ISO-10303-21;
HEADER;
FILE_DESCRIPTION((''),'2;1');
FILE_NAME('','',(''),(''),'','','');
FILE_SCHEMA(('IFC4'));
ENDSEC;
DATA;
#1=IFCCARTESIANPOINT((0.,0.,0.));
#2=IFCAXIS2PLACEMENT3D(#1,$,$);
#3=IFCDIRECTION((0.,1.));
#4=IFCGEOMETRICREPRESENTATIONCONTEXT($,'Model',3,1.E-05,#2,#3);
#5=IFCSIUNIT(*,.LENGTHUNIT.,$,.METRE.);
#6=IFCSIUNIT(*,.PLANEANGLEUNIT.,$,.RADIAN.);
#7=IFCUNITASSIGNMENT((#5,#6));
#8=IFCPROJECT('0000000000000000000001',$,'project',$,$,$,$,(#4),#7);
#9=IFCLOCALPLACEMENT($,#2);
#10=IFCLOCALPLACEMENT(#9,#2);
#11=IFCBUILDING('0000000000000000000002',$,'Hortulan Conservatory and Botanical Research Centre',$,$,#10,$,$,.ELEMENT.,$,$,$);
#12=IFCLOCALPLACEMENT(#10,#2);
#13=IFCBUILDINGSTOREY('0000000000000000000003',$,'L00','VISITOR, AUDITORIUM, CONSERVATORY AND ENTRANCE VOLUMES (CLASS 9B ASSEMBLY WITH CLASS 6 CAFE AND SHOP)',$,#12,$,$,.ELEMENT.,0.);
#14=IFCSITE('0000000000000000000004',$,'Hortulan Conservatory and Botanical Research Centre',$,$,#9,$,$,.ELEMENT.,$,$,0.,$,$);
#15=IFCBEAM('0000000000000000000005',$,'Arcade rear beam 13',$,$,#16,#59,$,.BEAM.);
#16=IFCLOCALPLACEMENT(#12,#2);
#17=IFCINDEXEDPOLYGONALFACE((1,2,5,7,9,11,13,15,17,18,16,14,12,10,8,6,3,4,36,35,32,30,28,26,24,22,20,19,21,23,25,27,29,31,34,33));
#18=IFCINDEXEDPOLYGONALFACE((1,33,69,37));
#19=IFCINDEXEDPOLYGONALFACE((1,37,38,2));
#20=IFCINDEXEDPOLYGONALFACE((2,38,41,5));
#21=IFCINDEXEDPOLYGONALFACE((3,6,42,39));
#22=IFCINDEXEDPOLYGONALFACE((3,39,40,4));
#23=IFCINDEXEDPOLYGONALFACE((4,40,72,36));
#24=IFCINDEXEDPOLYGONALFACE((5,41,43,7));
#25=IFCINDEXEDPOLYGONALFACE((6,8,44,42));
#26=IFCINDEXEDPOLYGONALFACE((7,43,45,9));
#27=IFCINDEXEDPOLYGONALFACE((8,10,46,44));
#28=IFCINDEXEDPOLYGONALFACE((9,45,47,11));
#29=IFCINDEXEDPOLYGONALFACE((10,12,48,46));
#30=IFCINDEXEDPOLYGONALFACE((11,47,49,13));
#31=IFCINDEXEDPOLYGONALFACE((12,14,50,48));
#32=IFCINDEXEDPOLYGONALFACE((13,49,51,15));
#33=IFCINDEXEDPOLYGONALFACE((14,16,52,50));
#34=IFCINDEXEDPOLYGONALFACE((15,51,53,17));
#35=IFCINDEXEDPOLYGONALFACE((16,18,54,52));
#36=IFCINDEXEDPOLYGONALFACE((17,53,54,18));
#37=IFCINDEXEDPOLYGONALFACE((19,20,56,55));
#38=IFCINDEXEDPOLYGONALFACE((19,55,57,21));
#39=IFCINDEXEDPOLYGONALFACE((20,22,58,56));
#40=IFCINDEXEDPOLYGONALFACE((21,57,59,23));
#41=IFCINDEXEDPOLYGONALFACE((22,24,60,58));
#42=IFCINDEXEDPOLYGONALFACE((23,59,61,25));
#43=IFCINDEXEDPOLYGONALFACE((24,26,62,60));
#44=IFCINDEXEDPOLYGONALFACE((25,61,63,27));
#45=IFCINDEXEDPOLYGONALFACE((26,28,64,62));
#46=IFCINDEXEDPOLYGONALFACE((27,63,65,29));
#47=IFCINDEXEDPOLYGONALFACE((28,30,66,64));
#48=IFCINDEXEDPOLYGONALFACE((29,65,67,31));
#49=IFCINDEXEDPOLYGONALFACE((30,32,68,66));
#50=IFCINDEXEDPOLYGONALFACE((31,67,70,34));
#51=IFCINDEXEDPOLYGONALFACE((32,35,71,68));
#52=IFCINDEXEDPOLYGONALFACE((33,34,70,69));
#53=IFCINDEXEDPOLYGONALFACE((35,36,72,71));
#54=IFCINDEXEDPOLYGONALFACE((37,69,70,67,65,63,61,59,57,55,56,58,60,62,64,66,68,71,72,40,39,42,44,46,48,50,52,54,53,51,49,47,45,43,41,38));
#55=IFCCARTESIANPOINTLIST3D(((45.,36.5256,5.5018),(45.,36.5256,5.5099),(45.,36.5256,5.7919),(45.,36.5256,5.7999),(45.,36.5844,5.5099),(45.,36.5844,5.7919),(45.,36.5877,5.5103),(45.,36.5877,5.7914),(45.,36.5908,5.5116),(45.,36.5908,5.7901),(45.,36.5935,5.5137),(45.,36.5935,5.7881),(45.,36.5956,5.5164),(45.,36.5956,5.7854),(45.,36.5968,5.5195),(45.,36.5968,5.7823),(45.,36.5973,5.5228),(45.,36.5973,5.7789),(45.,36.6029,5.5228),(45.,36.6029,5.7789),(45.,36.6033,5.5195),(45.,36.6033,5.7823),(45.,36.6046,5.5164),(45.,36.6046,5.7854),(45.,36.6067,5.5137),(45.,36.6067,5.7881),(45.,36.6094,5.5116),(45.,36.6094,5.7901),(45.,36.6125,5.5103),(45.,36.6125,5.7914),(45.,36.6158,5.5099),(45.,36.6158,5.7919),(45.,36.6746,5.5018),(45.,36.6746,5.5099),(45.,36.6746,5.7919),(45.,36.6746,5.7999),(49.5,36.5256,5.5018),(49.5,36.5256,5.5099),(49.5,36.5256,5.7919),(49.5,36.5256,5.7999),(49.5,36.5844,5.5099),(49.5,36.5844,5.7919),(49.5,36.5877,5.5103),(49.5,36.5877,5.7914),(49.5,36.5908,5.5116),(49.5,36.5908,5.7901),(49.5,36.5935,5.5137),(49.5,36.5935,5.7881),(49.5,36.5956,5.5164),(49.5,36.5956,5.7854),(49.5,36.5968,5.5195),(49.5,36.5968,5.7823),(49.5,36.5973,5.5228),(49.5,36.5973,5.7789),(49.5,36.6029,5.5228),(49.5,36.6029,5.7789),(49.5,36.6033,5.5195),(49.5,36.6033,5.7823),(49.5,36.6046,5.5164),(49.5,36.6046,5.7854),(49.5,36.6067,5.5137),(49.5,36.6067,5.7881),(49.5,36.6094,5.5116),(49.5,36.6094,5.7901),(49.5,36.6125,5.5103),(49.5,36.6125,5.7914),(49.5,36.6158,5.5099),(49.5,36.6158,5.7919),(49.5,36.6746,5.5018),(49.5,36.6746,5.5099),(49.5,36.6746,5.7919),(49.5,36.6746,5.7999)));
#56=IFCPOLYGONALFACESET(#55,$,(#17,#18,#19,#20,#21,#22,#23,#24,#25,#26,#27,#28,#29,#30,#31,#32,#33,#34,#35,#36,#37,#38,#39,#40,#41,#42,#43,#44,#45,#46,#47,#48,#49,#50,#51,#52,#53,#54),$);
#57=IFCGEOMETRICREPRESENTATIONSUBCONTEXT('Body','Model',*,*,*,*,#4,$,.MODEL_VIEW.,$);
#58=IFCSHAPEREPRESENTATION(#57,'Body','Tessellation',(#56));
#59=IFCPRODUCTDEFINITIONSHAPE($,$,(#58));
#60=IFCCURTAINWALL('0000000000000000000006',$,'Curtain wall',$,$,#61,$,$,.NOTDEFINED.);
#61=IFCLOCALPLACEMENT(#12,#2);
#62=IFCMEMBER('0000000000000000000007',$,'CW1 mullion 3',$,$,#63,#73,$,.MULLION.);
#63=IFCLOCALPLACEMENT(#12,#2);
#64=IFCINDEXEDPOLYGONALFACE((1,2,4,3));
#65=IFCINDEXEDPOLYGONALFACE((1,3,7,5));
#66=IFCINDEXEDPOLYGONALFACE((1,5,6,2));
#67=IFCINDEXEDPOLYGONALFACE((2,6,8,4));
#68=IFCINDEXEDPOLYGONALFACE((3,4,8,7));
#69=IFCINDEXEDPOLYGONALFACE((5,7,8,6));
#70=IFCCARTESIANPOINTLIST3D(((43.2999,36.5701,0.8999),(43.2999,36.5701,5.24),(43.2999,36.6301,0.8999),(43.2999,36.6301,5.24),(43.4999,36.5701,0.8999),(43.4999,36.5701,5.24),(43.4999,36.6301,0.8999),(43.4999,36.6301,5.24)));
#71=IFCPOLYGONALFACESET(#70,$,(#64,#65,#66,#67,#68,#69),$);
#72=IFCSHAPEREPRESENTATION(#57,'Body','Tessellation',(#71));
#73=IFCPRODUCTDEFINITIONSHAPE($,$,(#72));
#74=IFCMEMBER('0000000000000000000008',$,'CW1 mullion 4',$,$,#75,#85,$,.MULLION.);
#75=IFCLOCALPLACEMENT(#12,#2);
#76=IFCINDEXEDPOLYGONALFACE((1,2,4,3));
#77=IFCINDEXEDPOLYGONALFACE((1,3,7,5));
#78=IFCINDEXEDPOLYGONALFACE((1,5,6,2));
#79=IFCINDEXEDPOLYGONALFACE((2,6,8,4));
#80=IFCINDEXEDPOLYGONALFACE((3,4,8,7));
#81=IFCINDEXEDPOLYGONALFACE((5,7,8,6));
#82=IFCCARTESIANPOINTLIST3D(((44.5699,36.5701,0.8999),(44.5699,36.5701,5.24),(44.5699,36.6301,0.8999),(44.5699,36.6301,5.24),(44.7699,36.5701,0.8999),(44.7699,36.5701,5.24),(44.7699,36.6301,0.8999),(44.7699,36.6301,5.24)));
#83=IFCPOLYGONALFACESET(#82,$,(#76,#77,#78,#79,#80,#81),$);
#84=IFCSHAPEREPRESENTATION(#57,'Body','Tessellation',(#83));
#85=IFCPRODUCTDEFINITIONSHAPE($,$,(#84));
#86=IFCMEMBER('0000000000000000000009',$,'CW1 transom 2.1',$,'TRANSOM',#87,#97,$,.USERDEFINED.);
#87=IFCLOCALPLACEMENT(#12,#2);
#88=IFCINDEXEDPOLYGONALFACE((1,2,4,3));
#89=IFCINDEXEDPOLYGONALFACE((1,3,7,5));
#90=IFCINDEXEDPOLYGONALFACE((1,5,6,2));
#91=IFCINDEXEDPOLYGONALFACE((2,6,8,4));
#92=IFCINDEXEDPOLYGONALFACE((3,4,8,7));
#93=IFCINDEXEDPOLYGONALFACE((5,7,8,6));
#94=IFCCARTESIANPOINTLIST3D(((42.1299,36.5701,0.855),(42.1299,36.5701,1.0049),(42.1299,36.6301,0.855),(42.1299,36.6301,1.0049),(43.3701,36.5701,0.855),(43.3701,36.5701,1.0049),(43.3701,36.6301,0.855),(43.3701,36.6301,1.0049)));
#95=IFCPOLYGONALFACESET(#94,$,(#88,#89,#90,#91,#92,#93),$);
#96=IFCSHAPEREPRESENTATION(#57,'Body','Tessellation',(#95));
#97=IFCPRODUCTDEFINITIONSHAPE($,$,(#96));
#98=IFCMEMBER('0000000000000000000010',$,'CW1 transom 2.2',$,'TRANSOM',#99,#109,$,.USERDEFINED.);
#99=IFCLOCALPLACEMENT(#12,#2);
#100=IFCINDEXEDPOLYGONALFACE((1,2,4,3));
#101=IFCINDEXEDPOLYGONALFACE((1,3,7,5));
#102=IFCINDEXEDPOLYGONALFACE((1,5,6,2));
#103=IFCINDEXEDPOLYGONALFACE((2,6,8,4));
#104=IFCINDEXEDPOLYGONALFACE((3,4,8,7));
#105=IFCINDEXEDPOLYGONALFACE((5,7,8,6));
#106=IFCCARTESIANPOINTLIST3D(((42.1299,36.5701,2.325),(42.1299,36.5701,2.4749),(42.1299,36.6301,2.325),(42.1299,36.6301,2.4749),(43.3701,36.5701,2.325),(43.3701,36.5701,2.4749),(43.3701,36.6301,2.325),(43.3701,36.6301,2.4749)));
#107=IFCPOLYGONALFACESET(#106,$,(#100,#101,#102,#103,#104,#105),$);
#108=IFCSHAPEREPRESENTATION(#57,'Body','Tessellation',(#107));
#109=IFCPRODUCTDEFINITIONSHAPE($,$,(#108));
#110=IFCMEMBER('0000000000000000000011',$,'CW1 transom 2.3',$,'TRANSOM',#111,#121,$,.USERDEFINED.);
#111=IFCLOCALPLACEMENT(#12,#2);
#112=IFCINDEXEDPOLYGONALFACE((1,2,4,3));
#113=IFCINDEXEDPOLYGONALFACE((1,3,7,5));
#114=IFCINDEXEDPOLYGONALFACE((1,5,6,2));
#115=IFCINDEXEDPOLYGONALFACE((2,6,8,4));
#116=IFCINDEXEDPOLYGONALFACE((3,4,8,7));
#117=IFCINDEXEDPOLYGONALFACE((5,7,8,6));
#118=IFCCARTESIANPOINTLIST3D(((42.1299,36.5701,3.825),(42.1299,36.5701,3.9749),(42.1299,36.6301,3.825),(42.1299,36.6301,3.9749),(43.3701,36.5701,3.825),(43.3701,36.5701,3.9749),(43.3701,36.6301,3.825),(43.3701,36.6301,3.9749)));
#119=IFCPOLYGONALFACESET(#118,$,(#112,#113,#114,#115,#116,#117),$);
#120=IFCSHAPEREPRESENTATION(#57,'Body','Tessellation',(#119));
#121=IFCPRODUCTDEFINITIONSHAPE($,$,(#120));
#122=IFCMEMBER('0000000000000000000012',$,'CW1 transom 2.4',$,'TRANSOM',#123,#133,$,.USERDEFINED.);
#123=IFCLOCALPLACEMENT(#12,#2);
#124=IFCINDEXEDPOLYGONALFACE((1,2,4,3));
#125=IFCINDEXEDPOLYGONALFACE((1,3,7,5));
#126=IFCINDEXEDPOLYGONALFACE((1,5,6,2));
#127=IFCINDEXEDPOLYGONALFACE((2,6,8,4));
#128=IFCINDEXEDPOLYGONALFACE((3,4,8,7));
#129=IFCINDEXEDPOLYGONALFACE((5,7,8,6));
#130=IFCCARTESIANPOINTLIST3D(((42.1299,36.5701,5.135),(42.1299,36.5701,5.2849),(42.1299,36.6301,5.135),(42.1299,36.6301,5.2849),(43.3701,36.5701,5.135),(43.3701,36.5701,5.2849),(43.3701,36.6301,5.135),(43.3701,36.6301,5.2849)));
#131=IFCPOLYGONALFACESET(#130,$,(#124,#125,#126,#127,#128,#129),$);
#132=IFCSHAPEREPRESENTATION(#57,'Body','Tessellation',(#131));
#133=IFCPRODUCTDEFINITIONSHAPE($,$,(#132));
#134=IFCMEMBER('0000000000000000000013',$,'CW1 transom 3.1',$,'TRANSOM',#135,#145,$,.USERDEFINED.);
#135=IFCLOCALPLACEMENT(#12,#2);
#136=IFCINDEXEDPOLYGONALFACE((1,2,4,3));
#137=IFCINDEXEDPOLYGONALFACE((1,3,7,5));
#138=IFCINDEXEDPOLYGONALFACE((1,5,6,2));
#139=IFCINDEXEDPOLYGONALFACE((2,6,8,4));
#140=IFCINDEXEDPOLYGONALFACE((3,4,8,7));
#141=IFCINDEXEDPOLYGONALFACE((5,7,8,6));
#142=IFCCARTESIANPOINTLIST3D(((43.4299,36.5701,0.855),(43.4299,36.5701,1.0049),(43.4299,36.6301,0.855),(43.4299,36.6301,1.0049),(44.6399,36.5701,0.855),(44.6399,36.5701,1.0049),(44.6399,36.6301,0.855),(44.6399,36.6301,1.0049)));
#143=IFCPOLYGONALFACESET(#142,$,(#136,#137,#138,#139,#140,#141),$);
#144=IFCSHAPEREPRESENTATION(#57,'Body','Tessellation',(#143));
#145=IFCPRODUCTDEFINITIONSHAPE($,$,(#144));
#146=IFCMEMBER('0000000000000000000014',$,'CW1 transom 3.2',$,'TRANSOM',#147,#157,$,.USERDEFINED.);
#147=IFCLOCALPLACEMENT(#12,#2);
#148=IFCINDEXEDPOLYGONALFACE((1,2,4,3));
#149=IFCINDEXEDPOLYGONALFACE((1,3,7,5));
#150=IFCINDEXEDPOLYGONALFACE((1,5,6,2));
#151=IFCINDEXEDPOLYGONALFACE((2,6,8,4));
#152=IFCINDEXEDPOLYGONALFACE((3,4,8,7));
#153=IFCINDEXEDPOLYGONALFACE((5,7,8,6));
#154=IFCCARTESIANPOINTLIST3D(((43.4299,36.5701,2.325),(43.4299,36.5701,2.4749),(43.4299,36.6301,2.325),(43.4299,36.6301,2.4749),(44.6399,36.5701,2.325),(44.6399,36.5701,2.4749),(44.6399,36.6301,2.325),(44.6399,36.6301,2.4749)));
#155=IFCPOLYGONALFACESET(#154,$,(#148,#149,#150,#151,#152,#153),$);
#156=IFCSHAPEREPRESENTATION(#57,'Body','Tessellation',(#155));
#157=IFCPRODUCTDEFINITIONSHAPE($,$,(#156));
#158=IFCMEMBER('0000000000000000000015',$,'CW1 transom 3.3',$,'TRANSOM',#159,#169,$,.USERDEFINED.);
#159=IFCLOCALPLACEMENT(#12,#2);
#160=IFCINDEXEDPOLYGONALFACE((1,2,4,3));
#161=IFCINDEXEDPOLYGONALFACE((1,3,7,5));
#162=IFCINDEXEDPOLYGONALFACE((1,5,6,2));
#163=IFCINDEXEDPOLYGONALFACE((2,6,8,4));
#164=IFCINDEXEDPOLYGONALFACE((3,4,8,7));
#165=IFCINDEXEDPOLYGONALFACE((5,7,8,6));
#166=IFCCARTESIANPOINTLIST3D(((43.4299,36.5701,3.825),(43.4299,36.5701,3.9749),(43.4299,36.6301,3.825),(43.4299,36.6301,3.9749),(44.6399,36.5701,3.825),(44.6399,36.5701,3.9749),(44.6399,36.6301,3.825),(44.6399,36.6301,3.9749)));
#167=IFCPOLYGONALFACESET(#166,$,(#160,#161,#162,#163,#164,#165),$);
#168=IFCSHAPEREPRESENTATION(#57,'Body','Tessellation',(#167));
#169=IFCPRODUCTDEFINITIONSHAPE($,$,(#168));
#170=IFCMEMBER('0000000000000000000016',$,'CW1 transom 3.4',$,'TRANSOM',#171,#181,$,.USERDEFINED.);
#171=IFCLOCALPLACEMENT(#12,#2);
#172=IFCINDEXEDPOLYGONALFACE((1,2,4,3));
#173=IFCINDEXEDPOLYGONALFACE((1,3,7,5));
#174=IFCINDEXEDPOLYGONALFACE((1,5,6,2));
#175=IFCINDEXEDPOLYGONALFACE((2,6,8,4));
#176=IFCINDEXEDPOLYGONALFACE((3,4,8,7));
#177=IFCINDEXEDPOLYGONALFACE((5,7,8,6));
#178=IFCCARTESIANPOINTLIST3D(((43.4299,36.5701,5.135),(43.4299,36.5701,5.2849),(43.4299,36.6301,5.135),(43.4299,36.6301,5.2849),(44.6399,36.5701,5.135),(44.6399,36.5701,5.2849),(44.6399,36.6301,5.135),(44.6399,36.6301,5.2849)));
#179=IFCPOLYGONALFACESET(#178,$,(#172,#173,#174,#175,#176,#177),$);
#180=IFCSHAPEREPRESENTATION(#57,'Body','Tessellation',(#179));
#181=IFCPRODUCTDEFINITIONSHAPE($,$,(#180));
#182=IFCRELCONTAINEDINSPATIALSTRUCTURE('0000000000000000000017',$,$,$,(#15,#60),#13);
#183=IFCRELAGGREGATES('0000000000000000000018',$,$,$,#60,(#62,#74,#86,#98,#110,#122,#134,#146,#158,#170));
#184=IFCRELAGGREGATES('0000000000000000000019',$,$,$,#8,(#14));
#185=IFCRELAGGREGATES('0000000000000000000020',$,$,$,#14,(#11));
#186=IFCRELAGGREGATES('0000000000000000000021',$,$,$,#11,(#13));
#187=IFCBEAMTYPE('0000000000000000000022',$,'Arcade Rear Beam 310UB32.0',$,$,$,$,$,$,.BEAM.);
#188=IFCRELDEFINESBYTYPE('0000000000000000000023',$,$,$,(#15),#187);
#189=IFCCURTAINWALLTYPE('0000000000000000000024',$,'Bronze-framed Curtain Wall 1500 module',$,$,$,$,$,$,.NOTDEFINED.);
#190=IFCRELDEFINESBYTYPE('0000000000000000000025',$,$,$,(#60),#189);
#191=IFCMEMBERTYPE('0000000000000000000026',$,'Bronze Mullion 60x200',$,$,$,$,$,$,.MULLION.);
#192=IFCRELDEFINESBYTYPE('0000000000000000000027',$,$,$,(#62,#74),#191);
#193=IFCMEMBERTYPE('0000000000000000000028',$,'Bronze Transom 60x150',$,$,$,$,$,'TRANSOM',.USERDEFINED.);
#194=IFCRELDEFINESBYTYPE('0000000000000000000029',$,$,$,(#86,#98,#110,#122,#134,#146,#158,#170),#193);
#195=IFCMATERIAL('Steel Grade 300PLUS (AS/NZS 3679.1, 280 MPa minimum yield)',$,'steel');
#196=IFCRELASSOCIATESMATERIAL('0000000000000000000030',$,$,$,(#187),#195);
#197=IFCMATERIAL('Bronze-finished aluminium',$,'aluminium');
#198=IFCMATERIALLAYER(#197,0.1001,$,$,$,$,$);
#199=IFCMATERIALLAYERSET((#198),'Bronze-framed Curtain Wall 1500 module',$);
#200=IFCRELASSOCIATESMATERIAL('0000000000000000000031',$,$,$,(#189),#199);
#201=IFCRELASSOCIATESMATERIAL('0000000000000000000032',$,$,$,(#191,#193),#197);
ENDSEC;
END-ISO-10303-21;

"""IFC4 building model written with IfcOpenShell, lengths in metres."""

from ifc_helpers import new_model, si_unit, direction, frame, origin, origin_2d, place, context, subcontext, project, spatial, rectangle, i_section, extrude, material, layer, layer_set, material_profile, profile_set, type_object, element, aggregate, save


model = new_model("IFC4")

# Units and contexts
model_context = context("Model", 3, precision=1e-05, world=origin(), true_north=direction((0.0, 1.0)))
body_context = subcontext(model_context, "Body", "Model", "MODEL_VIEW")
ifc_project = project(units=[si_unit("LENGTHUNIT", "METRE"), si_unit("PLANEANGLEUNIT", "RADIAN")], contexts=[model_context])

# Site, building, storey
site_placement = place(None, origin())
site = spatial("IfcSite", under=ifc_project, at=site_placement, Name="Hortulan Conservatory and Botanical Research Centre", CompositionType="ELEMENT", RefElevation=0.0)
building_placement = place(site_placement, origin())
building = spatial("IfcBuilding", under=site, at=building_placement, Name="Hortulan Conservatory and Botanical Research Centre", CompositionType="ELEMENT")
storey_placement = place(building_placement, origin())
storey = spatial("IfcBuildingStorey", under=building, at=storey_placement, Name="L00", Description="VISITOR, AUDITORIUM, CONSERVATORY AND ENTRANCE VOLUMES (CLASS 9B ASSEMBLY WITH CLASS 6 CAFE AND SHOP)", CompositionType="ELEMENT", Elevation=0.0)

# Beam
ifc_material_1 = material(Name="Steel Grade 300PLUS (AS/NZS 3679.1, 280 MPa minimum yield)", Category="steel")
ifc_material_profile_1 = material_profile(ifc_material_1, i_section(OverallWidth=0.1489, OverallDepth=0.2981, WebThickness=0.0056, FlangeThickness=0.0081, FilletRadius=0.0129, at=origin_2d()), Name="310UB32.0")
ifc_profile_set_1 = profile_set([ifc_material_profile_1], Name="Steel Grade 300PLUS (AS/NZS 3679.1, 280 MPa minimum yield)")
beam_type_1 = type_object("IfcBeamType", Name="Arcade Rear Beam 310UB32.0", PredefinedType="BEAM", material=ifc_profile_set_1)
beam_1_placement = place(storey_placement, frame((45.0, 36.6001, 5.6509), z_axis=(1.0, 0.0, 0.0), x_axis=(0.0, 1.0, 0.0)))
element("IfcBeam", 1, at=beam_1_placement, inside=storey, type_object=beam_type_1, Name="Arcade rear beam 13", PredefinedType="BEAM", context=body_context, shape_type="SweptSolid", body=[
    extrude(i_section(OverallWidth=0.1489, OverallDepth=0.2981, WebThickness=0.0056, FlangeThickness=0.0081, FilletRadius=0.0129, at=origin_2d()), origin(), (0.0, 0.0, 1.0), 4.5),
])

# Curtain wall, members
ifc_material_2 = material(Name="Bronze-finished aluminium", Category="aluminium")
ifc_layer_1 = layer(ifc_material_2, 0.1001)
ifc_layer_set_1 = layer_set([ifc_layer_1], Name="Bronze-framed Curtain Wall 1500 module")
curtain_wall_type = type_object("IfcCurtainWallType", Name="Bronze-framed Curtain Wall 1500 module", PredefinedType="NOTDEFINED", material=ifc_layer_set_1)
curtain_wall_placement = place(storey_placement, origin())
curtain_wall = element("IfcCurtainWall", 2, at=curtain_wall_placement, inside=storey, type_object=curtain_wall_type, Name="Curtain wall", PredefinedType="NOTDEFINED")
ifc_material_profile_2 = material_profile(ifc_material_2, rectangle(XDim=0.0601, YDim=0.2, at=origin_2d()), Name="Bronze Mullion 60x200")
ifc_profile_set_2 = profile_set([ifc_material_profile_2], Name="Bronze-finished aluminium")
member_type_1 = type_object("IfcMemberType", Name="Bronze Mullion 60x200", PredefinedType="MULLION", material=ifc_profile_set_2)
member_1_placement = place(storey_placement, frame((43.3999, 36.6001, 0.8999), z_axis=(0.0, 0.0, 1.0), x_axis=(0.0, 1.0, 0.0)))
member_1 = element("IfcMember", 3, at=member_1_placement, type_object=member_type_1, Name="CW1 mullion 3", PredefinedType="MULLION", context=body_context, shape_type="SweptSolid", body=[
    extrude(rectangle(XDim=0.0601, YDim=0.2, at=origin_2d()), origin(), (0.0, 0.0, 1.0), 4.3401),
])
member_2_placement = place(storey_placement, frame((44.6699, 36.6001, 0.8999), z_axis=(0.0, 0.0, 1.0), x_axis=(0.0, 1.0, 0.0)))
member_2 = element("IfcMember", 4, at=member_2_placement, type_object=member_type_1, Name="CW1 mullion 4", PredefinedType="MULLION", context=body_context, shape_type="SweptSolid", body=[
    extrude(rectangle(XDim=0.0601, YDim=0.2, at=origin_2d()), origin(), (0.0, 0.0, 1.0), 4.3401),
])
ifc_material_profile_3 = material_profile(ifc_material_2, rectangle(XDim=0.0601, YDim=0.1499, at=origin_2d()), Name="Bronze Transom 60x150")
ifc_profile_set_3 = profile_set([ifc_material_profile_3], Name="Bronze-finished aluminium")
member_type_2 = type_object("IfcMemberType", Name="Bronze Transom 60x150", ElementType="TRANSOM", PredefinedType="USERDEFINED", material=ifc_profile_set_3)
member_3_placement = place(storey_placement, frame((42.1299, 36.6001, 0.9299), z_axis=(1.0, 0.0, 0.0), x_axis=(0.0, 1.0, 0.0)))
member_3 = element("IfcMember", 5, at=member_3_placement, type_object=member_type_2, Name="CW1 transom 2.1", ObjectType="TRANSOM", PredefinedType="USERDEFINED", context=body_context, shape_type="SweptSolid", body=[
    extrude(rectangle(XDim=0.0601, YDim=0.1499, at=origin_2d()), origin(), (0.0, 0.0, 1.0), 1.2402),
])
member_4_placement = place(storey_placement, frame((42.1299, 36.6001, 2.3999), z_axis=(1.0, 0.0, 0.0), x_axis=(0.0, 1.0, 0.0)))
member_4 = element("IfcMember", 6, at=member_4_placement, type_object=member_type_2, Name="CW1 transom 2.2", ObjectType="TRANSOM", PredefinedType="USERDEFINED", context=body_context, shape_type="SweptSolid", body=[
    extrude(rectangle(XDim=0.0601, YDim=0.1499, at=origin_2d()), origin(), (0.0, 0.0, 1.0), 1.2402),
])
member_5_placement = place(storey_placement, frame((42.1299, 36.6001, 3.8999), z_axis=(1.0, 0.0, 0.0), x_axis=(0.0, 1.0, 0.0)))
member_5 = element("IfcMember", 7, at=member_5_placement, type_object=member_type_2, Name="CW1 transom 2.3", ObjectType="TRANSOM", PredefinedType="USERDEFINED", context=body_context, shape_type="SweptSolid", body=[
    extrude(rectangle(XDim=0.0601, YDim=0.1499, at=origin_2d()), origin(), (0.0, 0.0, 1.0), 1.2402),
])
member_6_placement = place(storey_placement, frame((42.1299, 36.6001, 5.21), z_axis=(1.0, 0.0, 0.0), x_axis=(0.0, 1.0, 0.0)))
member_6 = element("IfcMember", 8, at=member_6_placement, type_object=member_type_2, Name="CW1 transom 2.4", ObjectType="TRANSOM", PredefinedType="USERDEFINED", context=body_context, shape_type="SweptSolid", body=[
    extrude(rectangle(XDim=0.0601, YDim=0.1499, at=origin_2d()), origin(), (0.0, 0.0, 1.0), 1.2402),
])
member_7_placement = place(storey_placement, frame((43.4299, 36.6001, 0.9299), z_axis=(1.0, 0.0, 0.0), x_axis=(0.0, 1.0, 0.0)))
member_7 = element("IfcMember", 9, at=member_7_placement, type_object=member_type_2, Name="CW1 transom 3.1", ObjectType="TRANSOM", PredefinedType="USERDEFINED", context=body_context, shape_type="SweptSolid", body=[
    extrude(rectangle(XDim=0.0601, YDim=0.1499, at=origin_2d()), origin(), (0.0, 0.0, 1.0), 1.21),
])
member_8_placement = place(storey_placement, frame((43.4299, 36.6001, 2.3999), z_axis=(1.0, 0.0, 0.0), x_axis=(0.0, 1.0, 0.0)))
member_8 = element("IfcMember", 10, at=member_8_placement, type_object=member_type_2, Name="CW1 transom 3.2", ObjectType="TRANSOM", PredefinedType="USERDEFINED", context=body_context, shape_type="SweptSolid", body=[
    extrude(rectangle(XDim=0.0601, YDim=0.1499, at=origin_2d()), origin(), (0.0, 0.0, 1.0), 1.21),
])
member_9_placement = place(storey_placement, frame((43.4299, 36.6001, 3.8999), z_axis=(1.0, 0.0, 0.0), x_axis=(0.0, 1.0, 0.0)))
member_9 = element("IfcMember", 11, at=member_9_placement, type_object=member_type_2, Name="CW1 transom 3.3", ObjectType="TRANSOM", PredefinedType="USERDEFINED", context=body_context, shape_type="SweptSolid", body=[
    extrude(rectangle(XDim=0.0601, YDim=0.1499, at=origin_2d()), origin(), (0.0, 0.0, 1.0), 1.21),
])
member_10_placement = place(storey_placement, frame((43.4299, 36.6001, 5.21), z_axis=(1.0, 0.0, 0.0), x_axis=(0.0, 1.0, 0.0)))
member_10 = element("IfcMember", 12, at=member_10_placement, type_object=member_type_2, Name="CW1 transom 3.4", ObjectType="TRANSOM", PredefinedType="USERDEFINED", context=body_context, shape_type="SweptSolid", body=[
    extrude(rectangle(XDim=0.0601, YDim=0.1499, at=origin_2d()), origin(), (0.0, 0.0, 1.0), 1.21),
])

aggregate(curtain_wall, [member_1, member_2, member_3, member_4, member_5, member_6, member_7, member_8, member_9, member_10])

save(model, "model.ifc")
